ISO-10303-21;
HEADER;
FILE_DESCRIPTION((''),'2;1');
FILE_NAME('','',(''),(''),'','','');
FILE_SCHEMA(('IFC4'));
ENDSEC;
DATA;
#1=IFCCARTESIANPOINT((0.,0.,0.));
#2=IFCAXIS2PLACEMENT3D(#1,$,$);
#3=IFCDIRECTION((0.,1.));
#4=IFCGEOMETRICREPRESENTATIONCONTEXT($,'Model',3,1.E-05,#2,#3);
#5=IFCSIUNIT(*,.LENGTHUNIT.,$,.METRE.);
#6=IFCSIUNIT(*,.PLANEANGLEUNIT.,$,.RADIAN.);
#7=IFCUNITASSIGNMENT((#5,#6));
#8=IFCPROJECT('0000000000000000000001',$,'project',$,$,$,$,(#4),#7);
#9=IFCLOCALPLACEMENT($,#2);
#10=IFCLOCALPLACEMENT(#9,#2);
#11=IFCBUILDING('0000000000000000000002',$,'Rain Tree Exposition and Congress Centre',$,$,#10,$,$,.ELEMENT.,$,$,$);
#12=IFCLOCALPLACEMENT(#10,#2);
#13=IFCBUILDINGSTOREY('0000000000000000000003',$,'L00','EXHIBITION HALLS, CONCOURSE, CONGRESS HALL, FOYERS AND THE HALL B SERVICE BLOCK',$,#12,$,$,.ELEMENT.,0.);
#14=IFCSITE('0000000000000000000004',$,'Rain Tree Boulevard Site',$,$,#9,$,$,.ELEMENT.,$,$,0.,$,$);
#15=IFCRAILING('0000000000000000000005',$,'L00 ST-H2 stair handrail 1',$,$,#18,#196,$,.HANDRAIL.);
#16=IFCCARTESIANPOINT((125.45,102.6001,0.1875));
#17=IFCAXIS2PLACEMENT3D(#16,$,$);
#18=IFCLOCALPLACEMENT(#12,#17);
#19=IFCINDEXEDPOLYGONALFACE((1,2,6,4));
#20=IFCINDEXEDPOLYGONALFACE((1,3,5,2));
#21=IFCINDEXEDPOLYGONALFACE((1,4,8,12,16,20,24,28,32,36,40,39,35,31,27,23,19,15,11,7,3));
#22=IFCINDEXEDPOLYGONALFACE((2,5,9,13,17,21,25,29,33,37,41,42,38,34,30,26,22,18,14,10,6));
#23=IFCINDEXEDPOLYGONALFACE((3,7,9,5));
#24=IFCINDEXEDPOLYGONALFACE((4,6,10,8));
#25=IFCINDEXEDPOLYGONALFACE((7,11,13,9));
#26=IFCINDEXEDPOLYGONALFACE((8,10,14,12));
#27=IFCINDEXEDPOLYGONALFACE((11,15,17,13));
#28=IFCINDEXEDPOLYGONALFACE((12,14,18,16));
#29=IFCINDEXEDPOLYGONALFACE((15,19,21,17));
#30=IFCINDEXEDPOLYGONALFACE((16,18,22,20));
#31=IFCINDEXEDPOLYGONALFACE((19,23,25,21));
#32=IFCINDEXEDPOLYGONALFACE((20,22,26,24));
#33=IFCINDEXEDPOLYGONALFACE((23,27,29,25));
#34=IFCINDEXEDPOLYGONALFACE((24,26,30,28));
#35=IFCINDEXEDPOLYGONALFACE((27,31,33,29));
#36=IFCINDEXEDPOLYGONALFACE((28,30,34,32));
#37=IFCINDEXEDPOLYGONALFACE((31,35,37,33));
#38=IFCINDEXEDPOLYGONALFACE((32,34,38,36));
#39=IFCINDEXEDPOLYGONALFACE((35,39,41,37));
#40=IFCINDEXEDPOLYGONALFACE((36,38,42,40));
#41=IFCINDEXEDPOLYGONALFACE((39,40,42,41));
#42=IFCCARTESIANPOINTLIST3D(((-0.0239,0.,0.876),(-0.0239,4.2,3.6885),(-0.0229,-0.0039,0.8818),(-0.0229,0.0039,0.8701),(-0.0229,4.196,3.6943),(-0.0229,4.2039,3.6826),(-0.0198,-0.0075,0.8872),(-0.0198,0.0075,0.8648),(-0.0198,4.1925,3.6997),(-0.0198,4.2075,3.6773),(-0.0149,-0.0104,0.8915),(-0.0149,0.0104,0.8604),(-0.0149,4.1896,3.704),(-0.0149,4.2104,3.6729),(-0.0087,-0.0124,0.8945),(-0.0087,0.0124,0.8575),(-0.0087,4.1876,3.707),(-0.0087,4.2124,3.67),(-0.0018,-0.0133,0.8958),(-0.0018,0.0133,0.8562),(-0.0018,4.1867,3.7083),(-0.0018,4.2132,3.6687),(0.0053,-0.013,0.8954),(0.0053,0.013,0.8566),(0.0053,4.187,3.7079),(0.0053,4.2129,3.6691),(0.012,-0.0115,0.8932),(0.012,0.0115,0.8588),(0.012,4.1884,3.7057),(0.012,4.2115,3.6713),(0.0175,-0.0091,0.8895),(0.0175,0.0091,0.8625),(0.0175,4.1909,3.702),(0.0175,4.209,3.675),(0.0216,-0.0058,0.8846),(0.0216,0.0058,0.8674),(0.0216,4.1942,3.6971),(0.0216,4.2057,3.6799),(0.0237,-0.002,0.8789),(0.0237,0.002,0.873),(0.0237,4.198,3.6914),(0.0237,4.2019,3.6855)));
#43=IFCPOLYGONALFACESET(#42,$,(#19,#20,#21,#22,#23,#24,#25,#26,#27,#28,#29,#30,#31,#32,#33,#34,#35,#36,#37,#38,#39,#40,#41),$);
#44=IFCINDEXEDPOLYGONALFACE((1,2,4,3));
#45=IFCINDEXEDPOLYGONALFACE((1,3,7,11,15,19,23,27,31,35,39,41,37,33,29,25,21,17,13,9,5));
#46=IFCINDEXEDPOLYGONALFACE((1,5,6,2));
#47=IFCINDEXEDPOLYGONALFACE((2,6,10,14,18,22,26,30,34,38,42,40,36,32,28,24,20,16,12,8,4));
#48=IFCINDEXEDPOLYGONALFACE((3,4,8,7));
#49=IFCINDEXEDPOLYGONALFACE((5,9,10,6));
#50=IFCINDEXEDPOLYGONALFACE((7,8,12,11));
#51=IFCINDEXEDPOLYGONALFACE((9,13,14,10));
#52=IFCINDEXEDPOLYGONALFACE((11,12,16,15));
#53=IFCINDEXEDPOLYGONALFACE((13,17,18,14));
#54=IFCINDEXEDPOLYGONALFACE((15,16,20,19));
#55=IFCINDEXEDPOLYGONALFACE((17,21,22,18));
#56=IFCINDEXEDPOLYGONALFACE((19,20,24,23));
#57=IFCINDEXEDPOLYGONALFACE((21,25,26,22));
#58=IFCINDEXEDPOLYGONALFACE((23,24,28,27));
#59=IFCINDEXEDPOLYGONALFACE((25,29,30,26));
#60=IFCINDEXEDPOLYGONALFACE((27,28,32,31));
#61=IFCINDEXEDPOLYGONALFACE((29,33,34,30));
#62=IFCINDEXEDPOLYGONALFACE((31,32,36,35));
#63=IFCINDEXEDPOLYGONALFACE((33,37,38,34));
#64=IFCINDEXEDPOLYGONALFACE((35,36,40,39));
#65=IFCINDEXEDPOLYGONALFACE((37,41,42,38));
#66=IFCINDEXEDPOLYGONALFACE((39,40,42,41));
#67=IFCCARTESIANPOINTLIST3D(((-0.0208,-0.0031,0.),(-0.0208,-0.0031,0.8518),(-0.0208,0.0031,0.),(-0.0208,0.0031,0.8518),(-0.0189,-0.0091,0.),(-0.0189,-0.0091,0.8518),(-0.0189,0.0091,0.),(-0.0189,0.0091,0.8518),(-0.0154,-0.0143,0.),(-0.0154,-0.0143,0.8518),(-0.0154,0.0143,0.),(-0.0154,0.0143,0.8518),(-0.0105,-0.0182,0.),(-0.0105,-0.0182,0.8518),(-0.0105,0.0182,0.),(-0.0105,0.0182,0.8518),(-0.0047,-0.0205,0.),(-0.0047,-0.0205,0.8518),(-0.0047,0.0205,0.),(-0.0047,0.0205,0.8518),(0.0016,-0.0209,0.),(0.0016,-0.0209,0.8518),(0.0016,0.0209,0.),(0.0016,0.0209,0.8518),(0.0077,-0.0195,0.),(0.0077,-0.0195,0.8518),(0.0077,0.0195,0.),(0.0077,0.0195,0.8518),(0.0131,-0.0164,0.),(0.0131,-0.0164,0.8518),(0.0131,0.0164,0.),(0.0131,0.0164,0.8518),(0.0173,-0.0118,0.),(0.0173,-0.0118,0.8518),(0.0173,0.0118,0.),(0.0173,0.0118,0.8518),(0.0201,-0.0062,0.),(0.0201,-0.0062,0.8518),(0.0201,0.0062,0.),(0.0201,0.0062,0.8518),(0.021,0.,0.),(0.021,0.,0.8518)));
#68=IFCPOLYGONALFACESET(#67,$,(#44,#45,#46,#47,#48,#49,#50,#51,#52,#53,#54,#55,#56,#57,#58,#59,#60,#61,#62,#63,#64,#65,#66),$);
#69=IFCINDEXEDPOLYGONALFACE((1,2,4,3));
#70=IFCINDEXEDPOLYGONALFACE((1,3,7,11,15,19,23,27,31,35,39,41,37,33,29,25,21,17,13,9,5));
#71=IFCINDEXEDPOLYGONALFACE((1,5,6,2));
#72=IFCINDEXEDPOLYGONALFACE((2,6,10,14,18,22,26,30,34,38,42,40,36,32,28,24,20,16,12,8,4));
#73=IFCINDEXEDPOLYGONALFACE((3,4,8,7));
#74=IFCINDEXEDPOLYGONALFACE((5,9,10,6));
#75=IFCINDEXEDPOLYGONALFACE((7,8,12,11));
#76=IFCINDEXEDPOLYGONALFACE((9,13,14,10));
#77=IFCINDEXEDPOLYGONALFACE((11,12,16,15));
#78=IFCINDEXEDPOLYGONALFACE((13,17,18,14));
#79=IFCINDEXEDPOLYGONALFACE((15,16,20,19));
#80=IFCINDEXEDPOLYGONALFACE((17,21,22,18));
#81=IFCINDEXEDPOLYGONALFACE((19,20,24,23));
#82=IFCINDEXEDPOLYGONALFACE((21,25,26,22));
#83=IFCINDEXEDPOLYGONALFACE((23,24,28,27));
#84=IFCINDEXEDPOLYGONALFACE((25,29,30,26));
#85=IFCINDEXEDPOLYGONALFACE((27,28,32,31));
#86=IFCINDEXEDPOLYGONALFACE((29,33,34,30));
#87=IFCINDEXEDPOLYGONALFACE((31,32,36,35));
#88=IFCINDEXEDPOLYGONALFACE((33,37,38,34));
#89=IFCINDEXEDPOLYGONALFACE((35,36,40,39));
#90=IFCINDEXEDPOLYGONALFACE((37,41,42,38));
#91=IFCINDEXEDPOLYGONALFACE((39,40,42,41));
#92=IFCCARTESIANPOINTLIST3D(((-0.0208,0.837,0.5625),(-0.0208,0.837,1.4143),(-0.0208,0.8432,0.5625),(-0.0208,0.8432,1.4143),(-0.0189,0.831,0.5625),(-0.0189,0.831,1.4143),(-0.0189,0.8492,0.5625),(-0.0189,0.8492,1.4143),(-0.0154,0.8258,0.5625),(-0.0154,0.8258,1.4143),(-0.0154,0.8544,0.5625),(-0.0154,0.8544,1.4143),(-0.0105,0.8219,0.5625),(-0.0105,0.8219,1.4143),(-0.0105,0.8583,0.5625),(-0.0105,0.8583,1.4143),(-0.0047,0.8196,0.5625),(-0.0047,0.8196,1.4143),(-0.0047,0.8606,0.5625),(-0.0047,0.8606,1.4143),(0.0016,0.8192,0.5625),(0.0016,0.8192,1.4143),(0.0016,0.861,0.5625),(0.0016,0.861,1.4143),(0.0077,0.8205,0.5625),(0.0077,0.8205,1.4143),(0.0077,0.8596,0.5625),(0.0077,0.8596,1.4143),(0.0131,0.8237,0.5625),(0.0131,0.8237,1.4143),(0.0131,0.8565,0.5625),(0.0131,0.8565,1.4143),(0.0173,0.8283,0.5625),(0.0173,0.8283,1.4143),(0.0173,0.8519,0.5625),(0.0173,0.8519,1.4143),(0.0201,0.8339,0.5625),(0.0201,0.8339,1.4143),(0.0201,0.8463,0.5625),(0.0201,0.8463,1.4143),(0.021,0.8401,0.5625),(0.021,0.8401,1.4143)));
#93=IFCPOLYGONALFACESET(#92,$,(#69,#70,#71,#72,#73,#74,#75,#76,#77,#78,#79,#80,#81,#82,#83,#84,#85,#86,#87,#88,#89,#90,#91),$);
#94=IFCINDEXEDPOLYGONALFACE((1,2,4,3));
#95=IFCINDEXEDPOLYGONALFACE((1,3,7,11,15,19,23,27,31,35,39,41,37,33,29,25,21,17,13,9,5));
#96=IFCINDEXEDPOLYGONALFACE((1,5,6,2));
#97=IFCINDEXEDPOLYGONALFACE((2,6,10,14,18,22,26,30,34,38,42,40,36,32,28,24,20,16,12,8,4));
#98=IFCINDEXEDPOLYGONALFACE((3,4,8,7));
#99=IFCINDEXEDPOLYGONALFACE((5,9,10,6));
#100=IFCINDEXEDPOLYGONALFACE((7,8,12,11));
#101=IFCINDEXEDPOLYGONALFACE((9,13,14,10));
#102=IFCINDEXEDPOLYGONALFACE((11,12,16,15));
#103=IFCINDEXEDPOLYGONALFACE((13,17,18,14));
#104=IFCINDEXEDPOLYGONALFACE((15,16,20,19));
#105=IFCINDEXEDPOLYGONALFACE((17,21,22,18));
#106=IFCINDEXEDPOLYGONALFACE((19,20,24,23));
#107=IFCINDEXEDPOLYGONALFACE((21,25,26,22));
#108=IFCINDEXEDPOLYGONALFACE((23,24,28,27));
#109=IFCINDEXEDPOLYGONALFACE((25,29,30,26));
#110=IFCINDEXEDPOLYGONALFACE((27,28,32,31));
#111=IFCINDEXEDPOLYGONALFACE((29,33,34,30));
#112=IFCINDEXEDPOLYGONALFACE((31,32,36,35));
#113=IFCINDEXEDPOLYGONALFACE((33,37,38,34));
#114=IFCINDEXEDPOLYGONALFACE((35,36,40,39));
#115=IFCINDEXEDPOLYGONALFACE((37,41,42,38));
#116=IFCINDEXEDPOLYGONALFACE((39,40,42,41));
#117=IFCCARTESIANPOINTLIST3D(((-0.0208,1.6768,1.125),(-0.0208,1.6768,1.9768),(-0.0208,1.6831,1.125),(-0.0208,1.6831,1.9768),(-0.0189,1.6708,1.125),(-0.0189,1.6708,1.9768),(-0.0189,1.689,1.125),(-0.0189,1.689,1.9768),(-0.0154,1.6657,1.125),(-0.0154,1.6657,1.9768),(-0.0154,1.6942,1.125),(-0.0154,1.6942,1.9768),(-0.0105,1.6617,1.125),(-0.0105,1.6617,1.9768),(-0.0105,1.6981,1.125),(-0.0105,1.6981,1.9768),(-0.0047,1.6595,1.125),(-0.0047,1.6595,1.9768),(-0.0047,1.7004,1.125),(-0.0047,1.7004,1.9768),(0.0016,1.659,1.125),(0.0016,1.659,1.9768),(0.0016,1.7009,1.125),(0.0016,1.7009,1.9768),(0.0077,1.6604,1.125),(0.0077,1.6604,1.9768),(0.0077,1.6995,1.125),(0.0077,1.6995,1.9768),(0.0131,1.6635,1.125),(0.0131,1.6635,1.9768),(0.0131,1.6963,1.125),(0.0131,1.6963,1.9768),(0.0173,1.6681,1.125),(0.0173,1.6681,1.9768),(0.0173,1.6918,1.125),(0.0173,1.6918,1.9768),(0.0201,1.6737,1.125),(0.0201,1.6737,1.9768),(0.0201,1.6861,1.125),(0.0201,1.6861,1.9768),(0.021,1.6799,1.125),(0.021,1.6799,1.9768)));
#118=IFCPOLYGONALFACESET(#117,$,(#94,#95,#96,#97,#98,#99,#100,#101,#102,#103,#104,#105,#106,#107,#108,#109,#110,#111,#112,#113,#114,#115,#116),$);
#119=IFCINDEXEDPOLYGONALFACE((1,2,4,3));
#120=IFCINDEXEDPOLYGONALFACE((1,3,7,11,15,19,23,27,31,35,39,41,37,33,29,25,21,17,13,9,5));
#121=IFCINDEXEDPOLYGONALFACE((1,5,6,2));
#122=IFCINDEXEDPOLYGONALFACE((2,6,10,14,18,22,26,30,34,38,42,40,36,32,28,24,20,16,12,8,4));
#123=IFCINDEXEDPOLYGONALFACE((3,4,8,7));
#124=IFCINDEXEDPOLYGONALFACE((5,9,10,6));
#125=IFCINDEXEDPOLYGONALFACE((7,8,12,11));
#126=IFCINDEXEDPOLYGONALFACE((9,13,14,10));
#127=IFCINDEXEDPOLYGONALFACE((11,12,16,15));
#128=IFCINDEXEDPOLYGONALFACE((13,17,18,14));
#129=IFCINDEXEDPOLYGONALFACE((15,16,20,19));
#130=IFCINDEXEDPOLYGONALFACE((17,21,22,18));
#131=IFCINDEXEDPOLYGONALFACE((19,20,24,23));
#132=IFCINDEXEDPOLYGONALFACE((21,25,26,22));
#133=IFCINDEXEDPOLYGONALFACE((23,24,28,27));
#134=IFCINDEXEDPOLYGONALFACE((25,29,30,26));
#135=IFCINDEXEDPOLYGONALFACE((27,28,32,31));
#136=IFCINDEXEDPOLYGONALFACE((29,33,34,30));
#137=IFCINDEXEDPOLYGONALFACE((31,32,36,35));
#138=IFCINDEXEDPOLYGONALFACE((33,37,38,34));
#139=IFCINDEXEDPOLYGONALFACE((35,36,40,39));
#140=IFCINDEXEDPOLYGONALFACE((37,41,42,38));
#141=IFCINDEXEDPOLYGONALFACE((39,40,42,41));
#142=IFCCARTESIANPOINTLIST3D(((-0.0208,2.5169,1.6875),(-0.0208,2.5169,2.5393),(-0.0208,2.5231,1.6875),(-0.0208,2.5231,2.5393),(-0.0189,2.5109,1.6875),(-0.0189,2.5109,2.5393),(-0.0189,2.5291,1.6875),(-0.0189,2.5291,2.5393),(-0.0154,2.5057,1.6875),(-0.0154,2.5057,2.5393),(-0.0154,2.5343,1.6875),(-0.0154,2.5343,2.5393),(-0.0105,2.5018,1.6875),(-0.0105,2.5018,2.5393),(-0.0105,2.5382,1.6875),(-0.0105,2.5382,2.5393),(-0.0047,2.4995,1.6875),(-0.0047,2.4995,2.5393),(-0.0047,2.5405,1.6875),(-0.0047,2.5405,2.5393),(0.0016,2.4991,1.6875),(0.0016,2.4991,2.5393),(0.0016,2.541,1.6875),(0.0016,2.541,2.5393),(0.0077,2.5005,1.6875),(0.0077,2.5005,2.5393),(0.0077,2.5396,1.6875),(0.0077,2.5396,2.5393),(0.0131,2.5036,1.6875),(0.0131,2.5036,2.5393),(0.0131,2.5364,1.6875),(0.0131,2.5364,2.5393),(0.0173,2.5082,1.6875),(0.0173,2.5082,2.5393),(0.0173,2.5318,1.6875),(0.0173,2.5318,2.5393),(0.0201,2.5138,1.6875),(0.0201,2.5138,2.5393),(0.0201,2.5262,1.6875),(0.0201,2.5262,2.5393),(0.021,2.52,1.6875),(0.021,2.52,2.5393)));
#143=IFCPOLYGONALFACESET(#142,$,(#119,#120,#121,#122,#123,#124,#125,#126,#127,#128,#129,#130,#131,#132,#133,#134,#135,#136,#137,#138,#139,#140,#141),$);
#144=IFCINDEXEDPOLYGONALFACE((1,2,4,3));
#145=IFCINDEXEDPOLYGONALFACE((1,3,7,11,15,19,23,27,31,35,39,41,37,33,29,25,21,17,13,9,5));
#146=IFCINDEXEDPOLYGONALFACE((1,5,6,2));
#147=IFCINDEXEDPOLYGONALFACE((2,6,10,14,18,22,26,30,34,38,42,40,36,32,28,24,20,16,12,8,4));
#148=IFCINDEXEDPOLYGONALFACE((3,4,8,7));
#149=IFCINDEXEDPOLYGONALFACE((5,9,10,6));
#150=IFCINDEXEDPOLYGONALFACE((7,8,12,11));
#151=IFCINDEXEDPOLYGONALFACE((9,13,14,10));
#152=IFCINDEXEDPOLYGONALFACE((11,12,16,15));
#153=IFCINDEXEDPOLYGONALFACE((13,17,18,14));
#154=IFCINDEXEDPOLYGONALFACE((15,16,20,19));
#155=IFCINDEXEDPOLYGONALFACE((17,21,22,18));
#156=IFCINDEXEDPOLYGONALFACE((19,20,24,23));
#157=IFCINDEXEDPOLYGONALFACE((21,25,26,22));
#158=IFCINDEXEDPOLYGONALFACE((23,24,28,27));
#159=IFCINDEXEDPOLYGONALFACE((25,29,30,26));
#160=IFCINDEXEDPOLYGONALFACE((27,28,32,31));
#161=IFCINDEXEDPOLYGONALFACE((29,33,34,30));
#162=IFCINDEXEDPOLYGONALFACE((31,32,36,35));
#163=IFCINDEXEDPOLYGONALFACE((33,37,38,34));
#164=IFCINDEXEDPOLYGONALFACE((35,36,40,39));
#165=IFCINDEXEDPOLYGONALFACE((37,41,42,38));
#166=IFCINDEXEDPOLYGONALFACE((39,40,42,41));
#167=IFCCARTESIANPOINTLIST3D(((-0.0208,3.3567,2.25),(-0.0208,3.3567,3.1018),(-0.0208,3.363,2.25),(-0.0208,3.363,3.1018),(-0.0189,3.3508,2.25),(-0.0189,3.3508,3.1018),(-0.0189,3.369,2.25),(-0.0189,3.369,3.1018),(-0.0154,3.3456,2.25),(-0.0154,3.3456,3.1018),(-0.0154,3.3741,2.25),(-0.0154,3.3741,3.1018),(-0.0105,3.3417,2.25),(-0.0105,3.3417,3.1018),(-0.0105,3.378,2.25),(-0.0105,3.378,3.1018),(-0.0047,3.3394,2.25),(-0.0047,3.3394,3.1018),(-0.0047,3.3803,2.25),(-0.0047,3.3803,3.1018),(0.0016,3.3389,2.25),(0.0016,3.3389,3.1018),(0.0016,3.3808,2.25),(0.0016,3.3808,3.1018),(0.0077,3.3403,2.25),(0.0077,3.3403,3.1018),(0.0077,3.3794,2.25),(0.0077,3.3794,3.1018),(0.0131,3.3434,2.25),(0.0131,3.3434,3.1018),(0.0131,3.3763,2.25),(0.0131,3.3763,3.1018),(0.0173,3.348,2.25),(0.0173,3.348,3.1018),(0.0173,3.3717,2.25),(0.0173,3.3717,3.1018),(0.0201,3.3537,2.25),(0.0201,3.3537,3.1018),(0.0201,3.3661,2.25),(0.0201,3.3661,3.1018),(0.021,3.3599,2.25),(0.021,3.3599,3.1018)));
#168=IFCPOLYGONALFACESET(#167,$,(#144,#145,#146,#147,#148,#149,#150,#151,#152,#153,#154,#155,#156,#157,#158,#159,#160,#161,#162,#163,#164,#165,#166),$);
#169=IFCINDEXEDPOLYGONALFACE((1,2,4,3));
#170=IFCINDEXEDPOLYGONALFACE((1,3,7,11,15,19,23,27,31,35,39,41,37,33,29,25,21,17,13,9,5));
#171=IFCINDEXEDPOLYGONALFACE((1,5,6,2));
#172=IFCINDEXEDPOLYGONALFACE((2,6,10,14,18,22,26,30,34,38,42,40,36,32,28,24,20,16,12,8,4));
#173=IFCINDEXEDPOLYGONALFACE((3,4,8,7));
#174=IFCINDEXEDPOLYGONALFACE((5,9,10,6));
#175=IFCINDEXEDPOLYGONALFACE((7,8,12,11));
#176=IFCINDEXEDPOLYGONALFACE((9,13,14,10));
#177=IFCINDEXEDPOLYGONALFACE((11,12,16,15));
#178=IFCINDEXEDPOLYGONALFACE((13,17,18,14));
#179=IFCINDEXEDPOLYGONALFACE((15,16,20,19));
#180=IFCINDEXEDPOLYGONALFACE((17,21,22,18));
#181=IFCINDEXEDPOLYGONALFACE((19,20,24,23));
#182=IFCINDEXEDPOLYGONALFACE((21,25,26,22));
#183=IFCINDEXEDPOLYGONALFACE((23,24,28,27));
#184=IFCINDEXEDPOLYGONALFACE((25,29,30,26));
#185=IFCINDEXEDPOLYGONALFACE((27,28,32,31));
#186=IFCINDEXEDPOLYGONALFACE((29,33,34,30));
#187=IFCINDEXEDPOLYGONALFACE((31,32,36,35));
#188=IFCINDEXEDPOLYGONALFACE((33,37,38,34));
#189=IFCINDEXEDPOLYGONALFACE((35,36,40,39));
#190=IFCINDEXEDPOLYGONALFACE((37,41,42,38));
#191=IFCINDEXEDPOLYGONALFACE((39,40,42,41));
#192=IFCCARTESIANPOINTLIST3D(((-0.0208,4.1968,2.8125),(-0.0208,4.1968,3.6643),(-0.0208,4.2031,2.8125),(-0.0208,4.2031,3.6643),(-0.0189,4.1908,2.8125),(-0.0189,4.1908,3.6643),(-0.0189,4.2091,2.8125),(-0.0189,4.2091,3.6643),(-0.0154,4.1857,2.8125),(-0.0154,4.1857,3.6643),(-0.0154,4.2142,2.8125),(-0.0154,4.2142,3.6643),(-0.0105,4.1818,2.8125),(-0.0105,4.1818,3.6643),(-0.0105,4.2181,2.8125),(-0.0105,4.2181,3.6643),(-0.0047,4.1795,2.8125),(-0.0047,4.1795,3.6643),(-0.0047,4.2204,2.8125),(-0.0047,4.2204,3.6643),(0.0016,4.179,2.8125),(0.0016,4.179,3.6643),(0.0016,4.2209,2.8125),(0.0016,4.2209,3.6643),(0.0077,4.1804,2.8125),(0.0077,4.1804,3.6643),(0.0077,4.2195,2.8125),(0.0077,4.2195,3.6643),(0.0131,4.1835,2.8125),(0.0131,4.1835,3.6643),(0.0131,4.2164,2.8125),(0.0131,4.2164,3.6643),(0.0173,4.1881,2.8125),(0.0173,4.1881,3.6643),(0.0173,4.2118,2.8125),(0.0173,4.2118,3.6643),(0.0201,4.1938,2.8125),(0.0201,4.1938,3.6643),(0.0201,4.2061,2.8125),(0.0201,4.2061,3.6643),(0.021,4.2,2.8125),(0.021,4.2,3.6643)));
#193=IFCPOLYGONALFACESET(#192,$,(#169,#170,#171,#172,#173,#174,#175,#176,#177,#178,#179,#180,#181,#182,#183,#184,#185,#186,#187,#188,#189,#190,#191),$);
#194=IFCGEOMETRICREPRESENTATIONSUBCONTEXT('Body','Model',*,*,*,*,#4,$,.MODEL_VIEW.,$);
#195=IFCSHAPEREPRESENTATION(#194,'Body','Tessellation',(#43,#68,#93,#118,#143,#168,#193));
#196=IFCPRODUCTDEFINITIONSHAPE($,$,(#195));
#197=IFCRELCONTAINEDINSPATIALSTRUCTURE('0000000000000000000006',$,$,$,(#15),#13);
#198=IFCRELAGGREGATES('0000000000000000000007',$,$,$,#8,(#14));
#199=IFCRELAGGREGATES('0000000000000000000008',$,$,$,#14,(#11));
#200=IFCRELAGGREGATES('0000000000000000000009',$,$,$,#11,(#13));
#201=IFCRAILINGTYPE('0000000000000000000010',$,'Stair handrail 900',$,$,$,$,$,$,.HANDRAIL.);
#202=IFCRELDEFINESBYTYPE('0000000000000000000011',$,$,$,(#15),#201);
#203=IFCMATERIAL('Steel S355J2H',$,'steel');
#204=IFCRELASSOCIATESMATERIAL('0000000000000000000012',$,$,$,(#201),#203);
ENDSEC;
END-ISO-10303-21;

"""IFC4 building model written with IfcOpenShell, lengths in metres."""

from ifc_helpers import new_model, si_unit, direction, frame, origin, origin_2d, place, context, subcontext, project, spatial, circle, extrude, material, type_object, element, save


model = new_model("IFC4")

# Units and contexts
model_context = context("Model", 3, precision=1e-05, world=origin(), true_north=direction((0.0, 1.0)))
body_context = subcontext(model_context, "Body", "Model", "MODEL_VIEW")
ifc_project = project(units=[si_unit("LENGTHUNIT", "METRE"), si_unit("PLANEANGLEUNIT", "RADIAN")], contexts=[model_context])

# Site, building, storey
site_placement = place(None, origin())
site = spatial("IfcSite", under=ifc_project, at=site_placement, Name="Rain Tree Boulevard Site", CompositionType="ELEMENT", RefElevation=0.0)
building_placement = place(site_placement, origin())
building = spatial("IfcBuilding", under=site, at=building_placement, Name="Rain Tree Exposition and Congress Centre", CompositionType="ELEMENT")
storey_placement = place(building_placement, origin())
storey = spatial("IfcBuildingStorey", under=building, at=storey_placement, Name="L00", Description="EXHIBITION HALLS, CONCOURSE, CONGRESS HALL, FOYERS AND THE HALL B SERVICE BLOCK", CompositionType="ELEMENT", Elevation=0.0)

# Railing
ifc_material_1 = material(Name="Steel S355J2H", Category="steel")
railing_type_1 = type_object("IfcRailingType", Name="Stair handrail 900", PredefinedType="HANDRAIL", material=ifc_material_1)
railing_1_placement = place(storey_placement, frame((125.45, 102.6001, 0.1875)))
element("IfcRailing", 1, at=railing_1_placement, inside=storey, type_object=railing_type_1, Name="L00 ST-H2 stair handrail 1", PredefinedType="HANDRAIL", context=body_context, shape_type="SweptSolid", body=[
    extrude(circle(Radius=0.0239, at=origin_2d()), frame((0.0, 0.0, 0.876), z_axis=(0.0, 0.830904, 0.556416), x_axis=(-1.0, 0.0, 0.0)), (0.0, 0.0, 1.0), 5.0547),
    extrude(circle(Radius=0.021, at=origin_2d()), origin(), (0.0, 0.0, 1.0), 0.8518),
    extrude(circle(Radius=0.021, at=origin_2d()), frame((0.0, 0.8401, 0.5625)), (0.0, 0.0, 1.0), 0.8518),
    extrude(circle(Radius=0.021, at=origin_2d()), frame((0.0, 1.6799, 1.125)), (0.0, 0.0, 1.0), 0.8518),
    extrude(circle(Radius=0.021, at=origin_2d()), frame((0.0, 2.52, 1.6875)), (0.0, 0.0, 1.0), 0.8518),
    extrude(circle(Radius=0.021, at=origin_2d()), frame((0.0, 3.3599, 2.25)), (0.0, 0.0, 1.0), 0.8518),
    extrude(circle(Radius=0.021, at=origin_2d()), frame((0.0, 4.2, 2.8125)), (0.0, 0.0, 1.0), 0.8518),
])

save(model, "model.ifc")
